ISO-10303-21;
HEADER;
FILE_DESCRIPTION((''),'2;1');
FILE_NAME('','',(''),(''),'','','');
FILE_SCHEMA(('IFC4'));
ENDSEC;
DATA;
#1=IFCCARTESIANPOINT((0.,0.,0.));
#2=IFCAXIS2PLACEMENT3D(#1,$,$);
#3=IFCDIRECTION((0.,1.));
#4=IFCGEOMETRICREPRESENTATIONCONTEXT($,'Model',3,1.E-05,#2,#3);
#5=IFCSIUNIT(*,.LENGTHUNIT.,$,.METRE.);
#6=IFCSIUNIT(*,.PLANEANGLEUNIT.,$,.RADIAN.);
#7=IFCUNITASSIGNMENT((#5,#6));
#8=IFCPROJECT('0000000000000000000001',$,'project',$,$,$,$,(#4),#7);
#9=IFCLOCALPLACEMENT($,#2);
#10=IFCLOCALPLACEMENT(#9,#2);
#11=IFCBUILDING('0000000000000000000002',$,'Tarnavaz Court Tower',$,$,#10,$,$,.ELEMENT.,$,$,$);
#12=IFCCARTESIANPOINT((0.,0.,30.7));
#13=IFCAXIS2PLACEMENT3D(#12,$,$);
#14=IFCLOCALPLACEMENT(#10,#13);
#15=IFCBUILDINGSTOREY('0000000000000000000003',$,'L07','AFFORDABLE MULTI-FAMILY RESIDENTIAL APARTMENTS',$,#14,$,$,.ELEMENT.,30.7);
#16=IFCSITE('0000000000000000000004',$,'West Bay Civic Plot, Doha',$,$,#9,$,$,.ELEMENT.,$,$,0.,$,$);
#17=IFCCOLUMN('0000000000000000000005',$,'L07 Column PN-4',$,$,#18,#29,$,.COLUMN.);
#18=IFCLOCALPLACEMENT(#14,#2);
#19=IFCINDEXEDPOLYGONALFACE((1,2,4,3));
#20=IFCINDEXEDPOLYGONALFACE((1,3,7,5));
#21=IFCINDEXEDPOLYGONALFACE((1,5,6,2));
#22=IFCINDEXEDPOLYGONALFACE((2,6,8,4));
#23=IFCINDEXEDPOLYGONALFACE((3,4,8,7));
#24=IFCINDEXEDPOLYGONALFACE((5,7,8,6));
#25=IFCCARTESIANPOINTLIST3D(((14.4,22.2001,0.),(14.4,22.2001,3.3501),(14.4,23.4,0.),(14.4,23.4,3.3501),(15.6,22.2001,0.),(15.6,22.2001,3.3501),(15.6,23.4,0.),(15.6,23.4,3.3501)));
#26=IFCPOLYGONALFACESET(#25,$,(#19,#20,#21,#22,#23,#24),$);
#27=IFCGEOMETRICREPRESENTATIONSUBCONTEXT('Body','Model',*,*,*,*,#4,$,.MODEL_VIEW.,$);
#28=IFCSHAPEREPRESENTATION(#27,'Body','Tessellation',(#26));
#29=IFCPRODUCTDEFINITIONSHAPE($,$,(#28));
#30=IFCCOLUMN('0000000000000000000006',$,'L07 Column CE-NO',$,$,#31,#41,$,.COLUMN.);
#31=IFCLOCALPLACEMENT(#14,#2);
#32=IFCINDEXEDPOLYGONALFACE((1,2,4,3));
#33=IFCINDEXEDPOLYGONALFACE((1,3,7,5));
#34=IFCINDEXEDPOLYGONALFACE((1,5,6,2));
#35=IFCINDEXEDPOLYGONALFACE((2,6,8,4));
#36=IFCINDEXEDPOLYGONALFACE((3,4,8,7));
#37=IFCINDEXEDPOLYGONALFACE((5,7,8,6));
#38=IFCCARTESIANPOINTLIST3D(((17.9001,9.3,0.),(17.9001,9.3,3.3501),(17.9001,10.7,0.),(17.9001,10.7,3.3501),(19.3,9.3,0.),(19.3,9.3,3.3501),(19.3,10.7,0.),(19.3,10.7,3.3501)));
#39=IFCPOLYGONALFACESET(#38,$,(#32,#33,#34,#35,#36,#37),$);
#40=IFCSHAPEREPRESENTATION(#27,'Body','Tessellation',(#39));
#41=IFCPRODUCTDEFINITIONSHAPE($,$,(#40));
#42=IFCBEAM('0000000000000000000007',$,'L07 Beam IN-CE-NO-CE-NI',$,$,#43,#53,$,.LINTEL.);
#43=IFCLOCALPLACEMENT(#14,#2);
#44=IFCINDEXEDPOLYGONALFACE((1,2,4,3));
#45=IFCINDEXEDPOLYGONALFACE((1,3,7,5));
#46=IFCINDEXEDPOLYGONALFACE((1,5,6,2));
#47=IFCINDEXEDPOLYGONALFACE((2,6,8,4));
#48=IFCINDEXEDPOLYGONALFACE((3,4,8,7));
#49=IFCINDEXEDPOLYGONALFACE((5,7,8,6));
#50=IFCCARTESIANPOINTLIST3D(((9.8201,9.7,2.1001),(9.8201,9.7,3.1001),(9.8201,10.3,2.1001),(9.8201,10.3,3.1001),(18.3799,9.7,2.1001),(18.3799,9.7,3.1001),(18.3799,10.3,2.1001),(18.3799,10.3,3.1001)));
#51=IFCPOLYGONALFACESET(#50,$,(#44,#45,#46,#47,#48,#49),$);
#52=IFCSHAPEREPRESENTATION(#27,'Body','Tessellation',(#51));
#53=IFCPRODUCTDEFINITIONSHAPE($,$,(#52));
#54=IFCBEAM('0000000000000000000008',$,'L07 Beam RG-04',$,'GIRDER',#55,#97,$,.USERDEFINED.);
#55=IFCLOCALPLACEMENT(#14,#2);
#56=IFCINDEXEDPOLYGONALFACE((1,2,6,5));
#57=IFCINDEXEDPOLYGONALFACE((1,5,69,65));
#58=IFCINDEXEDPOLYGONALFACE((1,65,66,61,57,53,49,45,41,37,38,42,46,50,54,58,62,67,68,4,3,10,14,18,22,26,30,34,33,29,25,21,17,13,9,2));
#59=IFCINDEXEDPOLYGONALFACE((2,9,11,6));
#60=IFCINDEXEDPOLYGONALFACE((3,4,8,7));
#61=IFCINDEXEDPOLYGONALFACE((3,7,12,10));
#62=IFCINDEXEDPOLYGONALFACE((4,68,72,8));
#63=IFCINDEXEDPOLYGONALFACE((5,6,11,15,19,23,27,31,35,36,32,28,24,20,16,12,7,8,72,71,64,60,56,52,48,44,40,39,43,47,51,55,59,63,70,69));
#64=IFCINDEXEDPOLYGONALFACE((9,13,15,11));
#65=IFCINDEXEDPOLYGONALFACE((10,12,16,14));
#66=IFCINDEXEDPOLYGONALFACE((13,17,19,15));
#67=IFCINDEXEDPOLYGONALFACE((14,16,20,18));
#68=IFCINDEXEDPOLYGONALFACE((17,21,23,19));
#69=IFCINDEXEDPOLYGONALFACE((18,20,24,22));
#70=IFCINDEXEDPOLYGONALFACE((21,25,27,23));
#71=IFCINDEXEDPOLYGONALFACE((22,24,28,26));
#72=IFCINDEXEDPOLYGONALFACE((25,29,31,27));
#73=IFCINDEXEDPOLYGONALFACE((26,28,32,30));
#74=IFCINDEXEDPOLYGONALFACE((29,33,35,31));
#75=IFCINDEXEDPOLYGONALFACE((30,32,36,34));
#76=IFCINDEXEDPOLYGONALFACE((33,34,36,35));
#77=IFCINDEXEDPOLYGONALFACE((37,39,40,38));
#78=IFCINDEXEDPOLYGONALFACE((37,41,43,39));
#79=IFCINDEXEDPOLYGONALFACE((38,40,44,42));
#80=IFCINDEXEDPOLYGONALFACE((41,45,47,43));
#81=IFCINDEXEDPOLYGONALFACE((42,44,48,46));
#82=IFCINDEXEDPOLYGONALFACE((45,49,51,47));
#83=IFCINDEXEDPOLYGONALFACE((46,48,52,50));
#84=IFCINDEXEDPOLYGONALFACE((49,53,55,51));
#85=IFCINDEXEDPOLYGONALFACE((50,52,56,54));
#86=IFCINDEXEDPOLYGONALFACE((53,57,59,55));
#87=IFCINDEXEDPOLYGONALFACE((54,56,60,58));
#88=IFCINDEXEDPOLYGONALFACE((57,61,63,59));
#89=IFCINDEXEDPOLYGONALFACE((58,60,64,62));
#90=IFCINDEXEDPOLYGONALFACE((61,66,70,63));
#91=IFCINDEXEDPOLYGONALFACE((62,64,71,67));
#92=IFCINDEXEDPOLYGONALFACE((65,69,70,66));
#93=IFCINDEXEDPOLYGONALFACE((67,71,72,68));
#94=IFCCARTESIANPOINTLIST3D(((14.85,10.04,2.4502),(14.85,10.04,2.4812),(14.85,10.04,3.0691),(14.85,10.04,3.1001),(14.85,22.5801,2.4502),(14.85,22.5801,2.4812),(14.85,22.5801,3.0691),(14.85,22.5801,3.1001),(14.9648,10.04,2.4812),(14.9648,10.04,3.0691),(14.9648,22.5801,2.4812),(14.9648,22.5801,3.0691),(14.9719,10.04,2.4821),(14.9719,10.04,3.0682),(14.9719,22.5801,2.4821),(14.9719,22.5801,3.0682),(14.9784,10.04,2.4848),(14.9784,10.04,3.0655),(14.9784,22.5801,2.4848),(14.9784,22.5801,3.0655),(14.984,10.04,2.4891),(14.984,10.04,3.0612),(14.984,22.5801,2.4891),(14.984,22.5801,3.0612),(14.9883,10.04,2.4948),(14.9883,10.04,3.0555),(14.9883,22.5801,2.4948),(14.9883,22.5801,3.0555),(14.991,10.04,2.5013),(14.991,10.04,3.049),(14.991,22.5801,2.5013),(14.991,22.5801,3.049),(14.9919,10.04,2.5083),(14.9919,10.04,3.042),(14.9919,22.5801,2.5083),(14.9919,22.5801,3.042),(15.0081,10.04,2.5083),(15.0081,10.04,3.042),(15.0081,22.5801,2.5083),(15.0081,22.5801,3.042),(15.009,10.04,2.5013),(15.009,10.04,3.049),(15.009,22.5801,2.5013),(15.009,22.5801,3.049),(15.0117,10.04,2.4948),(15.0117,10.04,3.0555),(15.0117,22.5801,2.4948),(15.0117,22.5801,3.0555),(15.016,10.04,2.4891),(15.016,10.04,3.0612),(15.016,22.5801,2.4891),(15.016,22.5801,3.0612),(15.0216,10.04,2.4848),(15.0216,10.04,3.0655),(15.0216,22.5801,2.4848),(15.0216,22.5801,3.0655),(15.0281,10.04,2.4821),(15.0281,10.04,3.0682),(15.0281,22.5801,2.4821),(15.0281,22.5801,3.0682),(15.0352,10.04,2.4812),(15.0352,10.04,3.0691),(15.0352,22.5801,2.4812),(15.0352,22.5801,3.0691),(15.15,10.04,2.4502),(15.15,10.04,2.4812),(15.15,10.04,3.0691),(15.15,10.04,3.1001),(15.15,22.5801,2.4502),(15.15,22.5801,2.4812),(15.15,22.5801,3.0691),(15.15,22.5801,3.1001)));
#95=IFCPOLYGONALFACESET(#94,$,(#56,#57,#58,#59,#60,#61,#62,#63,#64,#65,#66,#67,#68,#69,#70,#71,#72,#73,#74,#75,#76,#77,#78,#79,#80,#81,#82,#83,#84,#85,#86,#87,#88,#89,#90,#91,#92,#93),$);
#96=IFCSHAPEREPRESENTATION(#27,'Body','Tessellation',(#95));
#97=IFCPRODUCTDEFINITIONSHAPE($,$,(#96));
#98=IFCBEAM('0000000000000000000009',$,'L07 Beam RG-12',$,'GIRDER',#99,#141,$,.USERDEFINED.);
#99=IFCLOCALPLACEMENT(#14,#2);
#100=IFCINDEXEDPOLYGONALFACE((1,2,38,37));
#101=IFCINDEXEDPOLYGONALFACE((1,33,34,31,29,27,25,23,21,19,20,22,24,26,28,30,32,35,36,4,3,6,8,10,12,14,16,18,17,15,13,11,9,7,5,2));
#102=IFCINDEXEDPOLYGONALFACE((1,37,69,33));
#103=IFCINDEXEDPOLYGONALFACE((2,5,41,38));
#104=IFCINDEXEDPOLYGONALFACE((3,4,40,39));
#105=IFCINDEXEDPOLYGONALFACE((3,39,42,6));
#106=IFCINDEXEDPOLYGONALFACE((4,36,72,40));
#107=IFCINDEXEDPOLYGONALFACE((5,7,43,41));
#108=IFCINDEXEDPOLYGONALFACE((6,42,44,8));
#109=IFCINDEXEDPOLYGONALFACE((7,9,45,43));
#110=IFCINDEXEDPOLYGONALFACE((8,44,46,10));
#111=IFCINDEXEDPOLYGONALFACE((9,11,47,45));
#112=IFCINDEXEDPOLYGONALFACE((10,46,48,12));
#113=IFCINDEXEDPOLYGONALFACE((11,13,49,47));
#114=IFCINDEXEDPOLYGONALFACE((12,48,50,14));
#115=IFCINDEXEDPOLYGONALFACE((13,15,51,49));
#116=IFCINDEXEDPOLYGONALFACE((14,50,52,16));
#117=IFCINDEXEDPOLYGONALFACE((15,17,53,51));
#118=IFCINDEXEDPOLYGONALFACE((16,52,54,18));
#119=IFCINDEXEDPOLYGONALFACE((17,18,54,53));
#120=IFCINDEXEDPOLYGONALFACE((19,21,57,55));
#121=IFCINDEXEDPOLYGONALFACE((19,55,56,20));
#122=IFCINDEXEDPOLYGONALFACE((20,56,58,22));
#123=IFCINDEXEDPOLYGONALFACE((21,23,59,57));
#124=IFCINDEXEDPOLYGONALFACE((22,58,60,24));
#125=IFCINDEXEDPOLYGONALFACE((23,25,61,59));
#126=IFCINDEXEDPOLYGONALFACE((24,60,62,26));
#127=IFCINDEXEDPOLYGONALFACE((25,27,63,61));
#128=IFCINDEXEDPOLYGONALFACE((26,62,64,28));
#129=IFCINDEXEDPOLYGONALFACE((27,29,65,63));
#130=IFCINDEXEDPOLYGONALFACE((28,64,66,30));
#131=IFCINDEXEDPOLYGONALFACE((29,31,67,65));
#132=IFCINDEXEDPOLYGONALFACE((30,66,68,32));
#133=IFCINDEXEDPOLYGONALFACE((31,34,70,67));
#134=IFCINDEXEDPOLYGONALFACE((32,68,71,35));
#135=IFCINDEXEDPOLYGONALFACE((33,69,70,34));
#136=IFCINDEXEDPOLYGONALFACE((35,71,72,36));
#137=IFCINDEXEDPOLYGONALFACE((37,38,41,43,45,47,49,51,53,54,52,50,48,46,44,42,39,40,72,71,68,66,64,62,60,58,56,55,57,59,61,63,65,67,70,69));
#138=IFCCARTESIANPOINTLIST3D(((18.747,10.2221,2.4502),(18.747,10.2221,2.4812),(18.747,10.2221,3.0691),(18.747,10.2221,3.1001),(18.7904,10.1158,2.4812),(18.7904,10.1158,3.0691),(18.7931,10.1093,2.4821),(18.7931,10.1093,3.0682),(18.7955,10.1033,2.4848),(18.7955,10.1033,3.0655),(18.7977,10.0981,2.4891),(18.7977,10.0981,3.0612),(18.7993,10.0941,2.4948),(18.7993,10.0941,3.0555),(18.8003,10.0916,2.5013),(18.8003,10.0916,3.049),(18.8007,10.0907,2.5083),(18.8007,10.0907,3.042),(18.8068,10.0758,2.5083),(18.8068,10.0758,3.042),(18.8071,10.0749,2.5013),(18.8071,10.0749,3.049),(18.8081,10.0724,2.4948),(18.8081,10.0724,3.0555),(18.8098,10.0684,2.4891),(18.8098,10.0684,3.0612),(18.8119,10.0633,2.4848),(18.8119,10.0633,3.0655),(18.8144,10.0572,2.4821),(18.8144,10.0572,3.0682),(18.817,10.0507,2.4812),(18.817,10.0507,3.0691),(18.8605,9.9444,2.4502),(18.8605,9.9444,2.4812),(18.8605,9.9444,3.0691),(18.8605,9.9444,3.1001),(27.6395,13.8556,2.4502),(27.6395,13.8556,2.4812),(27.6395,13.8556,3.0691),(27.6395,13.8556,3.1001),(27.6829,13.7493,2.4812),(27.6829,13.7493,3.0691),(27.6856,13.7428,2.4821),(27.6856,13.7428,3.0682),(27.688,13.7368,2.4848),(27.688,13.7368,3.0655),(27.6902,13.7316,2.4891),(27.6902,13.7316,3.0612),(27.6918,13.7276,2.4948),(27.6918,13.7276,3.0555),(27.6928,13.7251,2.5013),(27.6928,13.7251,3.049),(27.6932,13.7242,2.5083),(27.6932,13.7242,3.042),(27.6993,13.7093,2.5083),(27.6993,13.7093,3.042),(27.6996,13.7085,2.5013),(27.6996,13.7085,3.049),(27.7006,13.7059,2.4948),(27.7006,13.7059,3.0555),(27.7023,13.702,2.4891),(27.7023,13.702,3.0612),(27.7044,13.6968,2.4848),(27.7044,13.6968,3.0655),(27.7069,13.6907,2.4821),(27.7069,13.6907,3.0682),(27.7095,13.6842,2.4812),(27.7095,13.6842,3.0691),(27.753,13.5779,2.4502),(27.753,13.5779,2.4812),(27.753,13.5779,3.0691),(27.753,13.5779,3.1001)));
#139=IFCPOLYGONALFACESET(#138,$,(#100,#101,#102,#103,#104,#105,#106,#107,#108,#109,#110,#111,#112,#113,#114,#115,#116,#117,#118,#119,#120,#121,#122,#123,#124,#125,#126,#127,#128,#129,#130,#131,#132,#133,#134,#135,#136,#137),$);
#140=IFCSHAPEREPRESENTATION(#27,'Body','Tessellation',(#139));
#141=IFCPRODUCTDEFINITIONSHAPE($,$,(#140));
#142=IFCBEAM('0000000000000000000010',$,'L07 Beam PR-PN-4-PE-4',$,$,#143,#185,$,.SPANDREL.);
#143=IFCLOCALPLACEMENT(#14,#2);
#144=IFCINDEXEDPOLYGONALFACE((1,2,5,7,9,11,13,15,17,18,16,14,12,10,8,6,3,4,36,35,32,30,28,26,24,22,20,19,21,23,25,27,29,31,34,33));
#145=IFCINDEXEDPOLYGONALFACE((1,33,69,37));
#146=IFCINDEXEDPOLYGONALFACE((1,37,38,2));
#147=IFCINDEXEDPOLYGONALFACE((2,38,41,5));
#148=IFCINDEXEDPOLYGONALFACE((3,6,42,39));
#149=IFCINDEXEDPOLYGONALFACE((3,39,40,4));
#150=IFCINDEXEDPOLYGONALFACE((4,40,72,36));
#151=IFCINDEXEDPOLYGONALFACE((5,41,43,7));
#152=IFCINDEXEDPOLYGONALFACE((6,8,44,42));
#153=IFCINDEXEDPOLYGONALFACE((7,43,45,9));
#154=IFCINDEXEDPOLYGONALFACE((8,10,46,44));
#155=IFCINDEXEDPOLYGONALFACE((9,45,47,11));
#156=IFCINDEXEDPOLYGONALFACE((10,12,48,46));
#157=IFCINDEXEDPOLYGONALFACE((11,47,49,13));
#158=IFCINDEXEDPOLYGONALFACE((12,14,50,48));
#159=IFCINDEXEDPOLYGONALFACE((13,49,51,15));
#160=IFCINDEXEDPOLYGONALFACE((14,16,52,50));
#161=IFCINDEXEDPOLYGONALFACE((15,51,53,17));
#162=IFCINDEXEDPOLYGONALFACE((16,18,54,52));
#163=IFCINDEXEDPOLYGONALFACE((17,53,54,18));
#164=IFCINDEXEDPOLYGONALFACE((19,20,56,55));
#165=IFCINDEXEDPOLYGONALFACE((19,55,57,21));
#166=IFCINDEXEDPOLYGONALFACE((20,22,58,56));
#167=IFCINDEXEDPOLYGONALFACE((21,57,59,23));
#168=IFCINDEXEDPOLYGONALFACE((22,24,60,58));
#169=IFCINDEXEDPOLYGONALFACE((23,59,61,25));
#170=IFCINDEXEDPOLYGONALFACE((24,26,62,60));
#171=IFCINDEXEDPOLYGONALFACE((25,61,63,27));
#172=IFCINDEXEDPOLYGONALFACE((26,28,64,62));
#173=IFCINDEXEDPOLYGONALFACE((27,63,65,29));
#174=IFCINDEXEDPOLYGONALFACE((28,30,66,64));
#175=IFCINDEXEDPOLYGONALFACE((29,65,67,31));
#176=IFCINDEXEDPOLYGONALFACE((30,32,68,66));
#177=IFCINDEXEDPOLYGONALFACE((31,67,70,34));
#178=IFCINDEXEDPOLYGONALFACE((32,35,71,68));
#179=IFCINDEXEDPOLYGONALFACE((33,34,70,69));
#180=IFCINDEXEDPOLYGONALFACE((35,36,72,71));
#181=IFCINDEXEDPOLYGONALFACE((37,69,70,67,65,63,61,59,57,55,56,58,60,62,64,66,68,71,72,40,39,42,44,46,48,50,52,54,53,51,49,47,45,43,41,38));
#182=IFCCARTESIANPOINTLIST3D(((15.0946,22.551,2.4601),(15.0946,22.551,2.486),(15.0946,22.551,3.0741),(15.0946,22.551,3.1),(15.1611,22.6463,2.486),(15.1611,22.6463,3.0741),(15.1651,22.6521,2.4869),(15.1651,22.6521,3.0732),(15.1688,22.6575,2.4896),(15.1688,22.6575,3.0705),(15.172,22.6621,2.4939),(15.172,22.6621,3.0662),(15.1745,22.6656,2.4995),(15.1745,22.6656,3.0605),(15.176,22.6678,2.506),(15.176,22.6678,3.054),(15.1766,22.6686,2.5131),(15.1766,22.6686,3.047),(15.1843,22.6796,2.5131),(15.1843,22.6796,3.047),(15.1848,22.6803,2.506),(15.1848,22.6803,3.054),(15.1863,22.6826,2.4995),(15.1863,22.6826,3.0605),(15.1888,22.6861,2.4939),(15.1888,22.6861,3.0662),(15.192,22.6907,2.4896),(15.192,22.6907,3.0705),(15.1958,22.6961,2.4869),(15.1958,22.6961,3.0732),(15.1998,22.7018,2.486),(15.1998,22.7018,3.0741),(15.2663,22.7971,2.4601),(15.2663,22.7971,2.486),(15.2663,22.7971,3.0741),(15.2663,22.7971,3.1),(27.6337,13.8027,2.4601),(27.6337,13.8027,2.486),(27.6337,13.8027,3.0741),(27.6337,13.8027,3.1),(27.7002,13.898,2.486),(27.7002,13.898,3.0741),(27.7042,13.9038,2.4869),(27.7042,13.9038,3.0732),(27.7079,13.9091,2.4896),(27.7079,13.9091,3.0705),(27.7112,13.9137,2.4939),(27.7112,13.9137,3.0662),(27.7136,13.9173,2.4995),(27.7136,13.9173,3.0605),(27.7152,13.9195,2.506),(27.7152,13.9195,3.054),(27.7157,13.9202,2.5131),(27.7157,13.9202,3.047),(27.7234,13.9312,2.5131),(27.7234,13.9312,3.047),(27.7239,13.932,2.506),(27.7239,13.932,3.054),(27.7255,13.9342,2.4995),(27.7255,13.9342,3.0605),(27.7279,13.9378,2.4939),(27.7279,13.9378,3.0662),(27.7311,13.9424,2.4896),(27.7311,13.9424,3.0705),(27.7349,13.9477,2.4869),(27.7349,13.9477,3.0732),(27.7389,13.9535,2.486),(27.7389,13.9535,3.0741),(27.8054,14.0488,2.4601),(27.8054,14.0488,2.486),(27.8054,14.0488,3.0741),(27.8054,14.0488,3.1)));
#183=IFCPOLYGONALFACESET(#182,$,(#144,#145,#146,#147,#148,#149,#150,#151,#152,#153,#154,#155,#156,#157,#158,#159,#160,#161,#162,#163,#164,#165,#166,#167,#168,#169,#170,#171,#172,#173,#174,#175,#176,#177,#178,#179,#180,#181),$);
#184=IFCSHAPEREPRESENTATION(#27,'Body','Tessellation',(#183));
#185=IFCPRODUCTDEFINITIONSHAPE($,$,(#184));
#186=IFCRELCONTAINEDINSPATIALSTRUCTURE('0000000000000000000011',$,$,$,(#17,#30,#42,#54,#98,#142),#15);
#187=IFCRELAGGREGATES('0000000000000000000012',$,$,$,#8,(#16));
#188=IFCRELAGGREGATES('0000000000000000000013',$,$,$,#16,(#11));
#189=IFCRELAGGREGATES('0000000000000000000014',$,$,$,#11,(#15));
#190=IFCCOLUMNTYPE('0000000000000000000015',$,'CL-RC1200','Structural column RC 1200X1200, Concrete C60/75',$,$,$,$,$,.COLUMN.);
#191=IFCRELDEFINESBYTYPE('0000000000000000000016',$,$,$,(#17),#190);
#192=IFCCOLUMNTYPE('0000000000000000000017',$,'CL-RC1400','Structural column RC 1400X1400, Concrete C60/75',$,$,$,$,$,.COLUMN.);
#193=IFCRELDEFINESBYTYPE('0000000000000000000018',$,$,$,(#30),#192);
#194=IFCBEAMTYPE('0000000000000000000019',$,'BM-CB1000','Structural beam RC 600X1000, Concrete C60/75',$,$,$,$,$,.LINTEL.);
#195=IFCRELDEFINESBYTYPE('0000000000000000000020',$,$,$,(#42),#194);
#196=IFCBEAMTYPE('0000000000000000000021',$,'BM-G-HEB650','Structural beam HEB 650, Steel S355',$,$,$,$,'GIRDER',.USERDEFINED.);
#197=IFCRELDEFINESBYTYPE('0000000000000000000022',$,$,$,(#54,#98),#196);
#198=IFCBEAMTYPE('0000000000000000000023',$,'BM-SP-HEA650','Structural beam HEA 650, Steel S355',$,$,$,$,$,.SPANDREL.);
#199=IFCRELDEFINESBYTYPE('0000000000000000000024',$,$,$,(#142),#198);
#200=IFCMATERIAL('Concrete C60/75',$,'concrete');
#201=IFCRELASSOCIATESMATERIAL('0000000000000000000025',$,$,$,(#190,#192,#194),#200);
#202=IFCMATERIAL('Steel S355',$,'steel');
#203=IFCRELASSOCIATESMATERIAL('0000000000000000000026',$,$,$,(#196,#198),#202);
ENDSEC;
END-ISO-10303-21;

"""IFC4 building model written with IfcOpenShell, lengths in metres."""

from ifc_helpers import new_model, si_unit, direction, frame, origin, origin_2d, place, context, subcontext, project, spatial, rectangle, i_section, extrude, material, material_profile, profile_set, type_object, element, save


model = new_model("IFC4")

# Units and contexts
model_context = context("Model", 3, precision=1e-05, world=origin(), true_north=direction((0.0, 1.0)))
body_context = subcontext(model_context, "Body", "Model", "MODEL_VIEW")
ifc_project = project(units=[si_unit("LENGTHUNIT", "METRE"), si_unit("PLANEANGLEUNIT", "RADIAN")], contexts=[model_context])

# Site, building, storey
site_placement = place(None, origin())
site = spatial("IfcSite", under=ifc_project, at=site_placement, Name="West Bay Civic Plot, Doha", CompositionType="ELEMENT", RefElevation=0.0)
building_placement = place(site_placement, origin())
building = spatial("IfcBuilding", under=site, at=building_placement, Name="Tarnavaz Court Tower", CompositionType="ELEMENT")
storey_placement = place(building_placement, frame((0.0, 0.0, 30.7)))
storey = spatial("IfcBuildingStorey", under=building, at=storey_placement, Name="L07", Description="AFFORDABLE MULTI-FAMILY RESIDENTIAL APARTMENTS", CompositionType="ELEMENT", Elevation=30.7)

# Columns
ifc_material_1 = material(Name="Concrete C60/75", Category="concrete")
ifc_material_profile_1 = material_profile(ifc_material_1, rectangle(XDim=1.2, YDim=1.2, at=origin_2d()), Name="RC 1200X1200")
ifc_profile_set_1 = profile_set([ifc_material_profile_1], Name="Concrete C60/75")
column_type_1 = type_object("IfcColumnType", Name="CL-RC1200", Description="Structural column RC 1200X1200, Concrete C60/75", PredefinedType="COLUMN", material=ifc_profile_set_1)
column_1_placement = place(storey_placement, frame((15.0, 22.8, 0.0), z_axis=(0.0, 0.0, 1.0), x_axis=(1.0, 0.0, 0.0)))
element("IfcColumn", 1, at=column_1_placement, inside=storey, type_object=column_type_1, Name="L07 Column PN-4", PredefinedType="COLUMN", context=body_context, shape_type="SweptSolid", body=[
    extrude(rectangle(XDim=1.2, YDim=1.2, at=origin_2d()), origin(), (0.0, 0.0, 1.0), 3.3501),
])
ifc_material_profile_2 = material_profile(ifc_material_1, rectangle(XDim=1.3999, YDim=1.3999, at=origin_2d()), Name="RC 1400X1400")
ifc_profile_set_2 = profile_set([ifc_material_profile_2], Name="Concrete C60/75")
column_type_2 = type_object("IfcColumnType", Name="CL-RC1400", Description="Structural column RC 1400X1400, Concrete C60/75", PredefinedType="COLUMN", material=ifc_profile_set_2)
column_2_placement = place(storey_placement, frame((18.6001, 10.0, 0.0), z_axis=(0.0, 0.0, 1.0), x_axis=(1.0, 0.0, 0.0)))
element("IfcColumn", 2, at=column_2_placement, inside=storey, type_object=column_type_2, Name="L07 Column CE-NO", PredefinedType="COLUMN", context=body_context, shape_type="SweptSolid", body=[
    extrude(rectangle(XDim=1.3999, YDim=1.3999, at=origin_2d()), origin(), (0.0, 0.0, 1.0), 3.3501),
])

# Beams
ifc_material_profile_3 = material_profile(ifc_material_1, rectangle(XDim=0.6001, YDim=1.0, at=origin_2d()), Name="RC 600X1000")
ifc_profile_set_3 = profile_set([ifc_material_profile_3], Name="Concrete C60/75")
beam_type_1 = type_object("IfcBeamType", Name="BM-CB1000", Description="Structural beam RC 600X1000, Concrete C60/75", PredefinedType="LINTEL", material=ifc_profile_set_3)
beam_1_placement = place(storey_placement, frame((18.3799, 10.0, 2.6001), z_axis=(-1.0, 0.0, 0.0), x_axis=(0.0, -1.0, 0.0)))
element("IfcBeam", 3, at=beam_1_placement, inside=storey, type_object=beam_type_1, Name="L07 Beam IN-CE-NO-CE-NI", PredefinedType="LINTEL", context=body_context, shape_type="SweptSolid", body=[
    extrude(rectangle(XDim=0.6001, YDim=1.0, at=origin_2d()), origin(), (0.0, 0.0, 1.0), 8.5598),
])
ifc_material_2 = material(Name="Steel S355", Category="steel")
ifc_material_profile_4 = material_profile(ifc_material_2, i_section(OverallWidth=0.3, OverallDepth=0.6499, WebThickness=0.0161, FlangeThickness=0.031, FilletRadius=0.0271, at=origin_2d()), Name="HEB 650")
ifc_profile_set_4 = profile_set([ifc_material_profile_4], Name="Steel S355")
beam_type_2 = type_object("IfcBeamType", Name="BM-G-HEB650", Description="Structural beam HEB 650, Steel S355", ElementType="GIRDER", PredefinedType="USERDEFINED", material=ifc_profile_set_4)
beam_2_placement = place(storey_placement, frame((15.0, 10.04, 2.7751), z_axis=(0.0, 1.0, 0.0), x_axis=(-1.0, 0.0, 0.0)))
element("IfcBeam", 4, at=beam_2_placement, inside=storey, type_object=beam_type_2, Name="L07 Beam RG-04", ObjectType="GIRDER", PredefinedType="USERDEFINED", context=body_context, shape_type="SweptSolid", body=[
    extrude(i_section(OverallWidth=0.3, OverallDepth=0.6499, WebThickness=0.0161, FlangeThickness=0.031, FilletRadius=0.0271, at=origin_2d()), origin(), (0.0, 0.0, 1.0), 12.54),
])
beam_3_placement = place(storey_placement, frame((18.8037, 10.0833, 2.7751), z_axis=(0.925705, 0.378247, 0.0), x_axis=(-0.378247, 0.925705, 0.0)))
element("IfcBeam", 5, at=beam_3_placement, inside=storey, type_object=beam_type_2, Name="L07 Beam RG-12", ObjectType="GIRDER", PredefinedType="USERDEFINED", context=body_context, shape_type="SweptSolid", body=[
    extrude(i_section(OverallWidth=0.3, OverallDepth=0.6499, WebThickness=0.0161, FlangeThickness=0.031, FilletRadius=0.0271, at=origin_2d()), origin(), (0.0, 0.0, 1.0), 9.6062),
])
ifc_material_profile_5 = material_profile(ifc_material_2, i_section(OverallWidth=0.3, OverallDepth=0.6399, WebThickness=0.0134, FlangeThickness=0.0259, FilletRadius=0.0271, at=origin_2d()), Name="HEA 650")
ifc_profile_set_5 = profile_set([ifc_material_profile_5], Name="Steel S355")
beam_type_3 = type_object("IfcBeamType", Name="BM-SP-HEA650", Description="Structural beam HEA 650, Steel S355", PredefinedType="SPANDREL", material=ifc_profile_set_5)
beam_4_placement = place(storey_placement, frame((15.1804, 22.6741, 2.78), z_axis=(0.820124, -0.572186, 0.0), x_axis=(0.572186, 0.820124, 0.0)))
element("IfcBeam", 6, at=beam_4_placement, inside=storey, type_object=beam_type_3, Name="L07 Beam PR-PN-4-PE-4", PredefinedType="SPANDREL", context=body_context, shape_type="SweptSolid", body=[
    extrude(i_section(OverallWidth=0.3, OverallDepth=0.6399, WebThickness=0.0134, FlangeThickness=0.0259, FilletRadius=0.0271, at=origin_2d()), origin(), (0.0, 0.0, 1.0), 15.2893),
])

save(model, "model.ifc")
